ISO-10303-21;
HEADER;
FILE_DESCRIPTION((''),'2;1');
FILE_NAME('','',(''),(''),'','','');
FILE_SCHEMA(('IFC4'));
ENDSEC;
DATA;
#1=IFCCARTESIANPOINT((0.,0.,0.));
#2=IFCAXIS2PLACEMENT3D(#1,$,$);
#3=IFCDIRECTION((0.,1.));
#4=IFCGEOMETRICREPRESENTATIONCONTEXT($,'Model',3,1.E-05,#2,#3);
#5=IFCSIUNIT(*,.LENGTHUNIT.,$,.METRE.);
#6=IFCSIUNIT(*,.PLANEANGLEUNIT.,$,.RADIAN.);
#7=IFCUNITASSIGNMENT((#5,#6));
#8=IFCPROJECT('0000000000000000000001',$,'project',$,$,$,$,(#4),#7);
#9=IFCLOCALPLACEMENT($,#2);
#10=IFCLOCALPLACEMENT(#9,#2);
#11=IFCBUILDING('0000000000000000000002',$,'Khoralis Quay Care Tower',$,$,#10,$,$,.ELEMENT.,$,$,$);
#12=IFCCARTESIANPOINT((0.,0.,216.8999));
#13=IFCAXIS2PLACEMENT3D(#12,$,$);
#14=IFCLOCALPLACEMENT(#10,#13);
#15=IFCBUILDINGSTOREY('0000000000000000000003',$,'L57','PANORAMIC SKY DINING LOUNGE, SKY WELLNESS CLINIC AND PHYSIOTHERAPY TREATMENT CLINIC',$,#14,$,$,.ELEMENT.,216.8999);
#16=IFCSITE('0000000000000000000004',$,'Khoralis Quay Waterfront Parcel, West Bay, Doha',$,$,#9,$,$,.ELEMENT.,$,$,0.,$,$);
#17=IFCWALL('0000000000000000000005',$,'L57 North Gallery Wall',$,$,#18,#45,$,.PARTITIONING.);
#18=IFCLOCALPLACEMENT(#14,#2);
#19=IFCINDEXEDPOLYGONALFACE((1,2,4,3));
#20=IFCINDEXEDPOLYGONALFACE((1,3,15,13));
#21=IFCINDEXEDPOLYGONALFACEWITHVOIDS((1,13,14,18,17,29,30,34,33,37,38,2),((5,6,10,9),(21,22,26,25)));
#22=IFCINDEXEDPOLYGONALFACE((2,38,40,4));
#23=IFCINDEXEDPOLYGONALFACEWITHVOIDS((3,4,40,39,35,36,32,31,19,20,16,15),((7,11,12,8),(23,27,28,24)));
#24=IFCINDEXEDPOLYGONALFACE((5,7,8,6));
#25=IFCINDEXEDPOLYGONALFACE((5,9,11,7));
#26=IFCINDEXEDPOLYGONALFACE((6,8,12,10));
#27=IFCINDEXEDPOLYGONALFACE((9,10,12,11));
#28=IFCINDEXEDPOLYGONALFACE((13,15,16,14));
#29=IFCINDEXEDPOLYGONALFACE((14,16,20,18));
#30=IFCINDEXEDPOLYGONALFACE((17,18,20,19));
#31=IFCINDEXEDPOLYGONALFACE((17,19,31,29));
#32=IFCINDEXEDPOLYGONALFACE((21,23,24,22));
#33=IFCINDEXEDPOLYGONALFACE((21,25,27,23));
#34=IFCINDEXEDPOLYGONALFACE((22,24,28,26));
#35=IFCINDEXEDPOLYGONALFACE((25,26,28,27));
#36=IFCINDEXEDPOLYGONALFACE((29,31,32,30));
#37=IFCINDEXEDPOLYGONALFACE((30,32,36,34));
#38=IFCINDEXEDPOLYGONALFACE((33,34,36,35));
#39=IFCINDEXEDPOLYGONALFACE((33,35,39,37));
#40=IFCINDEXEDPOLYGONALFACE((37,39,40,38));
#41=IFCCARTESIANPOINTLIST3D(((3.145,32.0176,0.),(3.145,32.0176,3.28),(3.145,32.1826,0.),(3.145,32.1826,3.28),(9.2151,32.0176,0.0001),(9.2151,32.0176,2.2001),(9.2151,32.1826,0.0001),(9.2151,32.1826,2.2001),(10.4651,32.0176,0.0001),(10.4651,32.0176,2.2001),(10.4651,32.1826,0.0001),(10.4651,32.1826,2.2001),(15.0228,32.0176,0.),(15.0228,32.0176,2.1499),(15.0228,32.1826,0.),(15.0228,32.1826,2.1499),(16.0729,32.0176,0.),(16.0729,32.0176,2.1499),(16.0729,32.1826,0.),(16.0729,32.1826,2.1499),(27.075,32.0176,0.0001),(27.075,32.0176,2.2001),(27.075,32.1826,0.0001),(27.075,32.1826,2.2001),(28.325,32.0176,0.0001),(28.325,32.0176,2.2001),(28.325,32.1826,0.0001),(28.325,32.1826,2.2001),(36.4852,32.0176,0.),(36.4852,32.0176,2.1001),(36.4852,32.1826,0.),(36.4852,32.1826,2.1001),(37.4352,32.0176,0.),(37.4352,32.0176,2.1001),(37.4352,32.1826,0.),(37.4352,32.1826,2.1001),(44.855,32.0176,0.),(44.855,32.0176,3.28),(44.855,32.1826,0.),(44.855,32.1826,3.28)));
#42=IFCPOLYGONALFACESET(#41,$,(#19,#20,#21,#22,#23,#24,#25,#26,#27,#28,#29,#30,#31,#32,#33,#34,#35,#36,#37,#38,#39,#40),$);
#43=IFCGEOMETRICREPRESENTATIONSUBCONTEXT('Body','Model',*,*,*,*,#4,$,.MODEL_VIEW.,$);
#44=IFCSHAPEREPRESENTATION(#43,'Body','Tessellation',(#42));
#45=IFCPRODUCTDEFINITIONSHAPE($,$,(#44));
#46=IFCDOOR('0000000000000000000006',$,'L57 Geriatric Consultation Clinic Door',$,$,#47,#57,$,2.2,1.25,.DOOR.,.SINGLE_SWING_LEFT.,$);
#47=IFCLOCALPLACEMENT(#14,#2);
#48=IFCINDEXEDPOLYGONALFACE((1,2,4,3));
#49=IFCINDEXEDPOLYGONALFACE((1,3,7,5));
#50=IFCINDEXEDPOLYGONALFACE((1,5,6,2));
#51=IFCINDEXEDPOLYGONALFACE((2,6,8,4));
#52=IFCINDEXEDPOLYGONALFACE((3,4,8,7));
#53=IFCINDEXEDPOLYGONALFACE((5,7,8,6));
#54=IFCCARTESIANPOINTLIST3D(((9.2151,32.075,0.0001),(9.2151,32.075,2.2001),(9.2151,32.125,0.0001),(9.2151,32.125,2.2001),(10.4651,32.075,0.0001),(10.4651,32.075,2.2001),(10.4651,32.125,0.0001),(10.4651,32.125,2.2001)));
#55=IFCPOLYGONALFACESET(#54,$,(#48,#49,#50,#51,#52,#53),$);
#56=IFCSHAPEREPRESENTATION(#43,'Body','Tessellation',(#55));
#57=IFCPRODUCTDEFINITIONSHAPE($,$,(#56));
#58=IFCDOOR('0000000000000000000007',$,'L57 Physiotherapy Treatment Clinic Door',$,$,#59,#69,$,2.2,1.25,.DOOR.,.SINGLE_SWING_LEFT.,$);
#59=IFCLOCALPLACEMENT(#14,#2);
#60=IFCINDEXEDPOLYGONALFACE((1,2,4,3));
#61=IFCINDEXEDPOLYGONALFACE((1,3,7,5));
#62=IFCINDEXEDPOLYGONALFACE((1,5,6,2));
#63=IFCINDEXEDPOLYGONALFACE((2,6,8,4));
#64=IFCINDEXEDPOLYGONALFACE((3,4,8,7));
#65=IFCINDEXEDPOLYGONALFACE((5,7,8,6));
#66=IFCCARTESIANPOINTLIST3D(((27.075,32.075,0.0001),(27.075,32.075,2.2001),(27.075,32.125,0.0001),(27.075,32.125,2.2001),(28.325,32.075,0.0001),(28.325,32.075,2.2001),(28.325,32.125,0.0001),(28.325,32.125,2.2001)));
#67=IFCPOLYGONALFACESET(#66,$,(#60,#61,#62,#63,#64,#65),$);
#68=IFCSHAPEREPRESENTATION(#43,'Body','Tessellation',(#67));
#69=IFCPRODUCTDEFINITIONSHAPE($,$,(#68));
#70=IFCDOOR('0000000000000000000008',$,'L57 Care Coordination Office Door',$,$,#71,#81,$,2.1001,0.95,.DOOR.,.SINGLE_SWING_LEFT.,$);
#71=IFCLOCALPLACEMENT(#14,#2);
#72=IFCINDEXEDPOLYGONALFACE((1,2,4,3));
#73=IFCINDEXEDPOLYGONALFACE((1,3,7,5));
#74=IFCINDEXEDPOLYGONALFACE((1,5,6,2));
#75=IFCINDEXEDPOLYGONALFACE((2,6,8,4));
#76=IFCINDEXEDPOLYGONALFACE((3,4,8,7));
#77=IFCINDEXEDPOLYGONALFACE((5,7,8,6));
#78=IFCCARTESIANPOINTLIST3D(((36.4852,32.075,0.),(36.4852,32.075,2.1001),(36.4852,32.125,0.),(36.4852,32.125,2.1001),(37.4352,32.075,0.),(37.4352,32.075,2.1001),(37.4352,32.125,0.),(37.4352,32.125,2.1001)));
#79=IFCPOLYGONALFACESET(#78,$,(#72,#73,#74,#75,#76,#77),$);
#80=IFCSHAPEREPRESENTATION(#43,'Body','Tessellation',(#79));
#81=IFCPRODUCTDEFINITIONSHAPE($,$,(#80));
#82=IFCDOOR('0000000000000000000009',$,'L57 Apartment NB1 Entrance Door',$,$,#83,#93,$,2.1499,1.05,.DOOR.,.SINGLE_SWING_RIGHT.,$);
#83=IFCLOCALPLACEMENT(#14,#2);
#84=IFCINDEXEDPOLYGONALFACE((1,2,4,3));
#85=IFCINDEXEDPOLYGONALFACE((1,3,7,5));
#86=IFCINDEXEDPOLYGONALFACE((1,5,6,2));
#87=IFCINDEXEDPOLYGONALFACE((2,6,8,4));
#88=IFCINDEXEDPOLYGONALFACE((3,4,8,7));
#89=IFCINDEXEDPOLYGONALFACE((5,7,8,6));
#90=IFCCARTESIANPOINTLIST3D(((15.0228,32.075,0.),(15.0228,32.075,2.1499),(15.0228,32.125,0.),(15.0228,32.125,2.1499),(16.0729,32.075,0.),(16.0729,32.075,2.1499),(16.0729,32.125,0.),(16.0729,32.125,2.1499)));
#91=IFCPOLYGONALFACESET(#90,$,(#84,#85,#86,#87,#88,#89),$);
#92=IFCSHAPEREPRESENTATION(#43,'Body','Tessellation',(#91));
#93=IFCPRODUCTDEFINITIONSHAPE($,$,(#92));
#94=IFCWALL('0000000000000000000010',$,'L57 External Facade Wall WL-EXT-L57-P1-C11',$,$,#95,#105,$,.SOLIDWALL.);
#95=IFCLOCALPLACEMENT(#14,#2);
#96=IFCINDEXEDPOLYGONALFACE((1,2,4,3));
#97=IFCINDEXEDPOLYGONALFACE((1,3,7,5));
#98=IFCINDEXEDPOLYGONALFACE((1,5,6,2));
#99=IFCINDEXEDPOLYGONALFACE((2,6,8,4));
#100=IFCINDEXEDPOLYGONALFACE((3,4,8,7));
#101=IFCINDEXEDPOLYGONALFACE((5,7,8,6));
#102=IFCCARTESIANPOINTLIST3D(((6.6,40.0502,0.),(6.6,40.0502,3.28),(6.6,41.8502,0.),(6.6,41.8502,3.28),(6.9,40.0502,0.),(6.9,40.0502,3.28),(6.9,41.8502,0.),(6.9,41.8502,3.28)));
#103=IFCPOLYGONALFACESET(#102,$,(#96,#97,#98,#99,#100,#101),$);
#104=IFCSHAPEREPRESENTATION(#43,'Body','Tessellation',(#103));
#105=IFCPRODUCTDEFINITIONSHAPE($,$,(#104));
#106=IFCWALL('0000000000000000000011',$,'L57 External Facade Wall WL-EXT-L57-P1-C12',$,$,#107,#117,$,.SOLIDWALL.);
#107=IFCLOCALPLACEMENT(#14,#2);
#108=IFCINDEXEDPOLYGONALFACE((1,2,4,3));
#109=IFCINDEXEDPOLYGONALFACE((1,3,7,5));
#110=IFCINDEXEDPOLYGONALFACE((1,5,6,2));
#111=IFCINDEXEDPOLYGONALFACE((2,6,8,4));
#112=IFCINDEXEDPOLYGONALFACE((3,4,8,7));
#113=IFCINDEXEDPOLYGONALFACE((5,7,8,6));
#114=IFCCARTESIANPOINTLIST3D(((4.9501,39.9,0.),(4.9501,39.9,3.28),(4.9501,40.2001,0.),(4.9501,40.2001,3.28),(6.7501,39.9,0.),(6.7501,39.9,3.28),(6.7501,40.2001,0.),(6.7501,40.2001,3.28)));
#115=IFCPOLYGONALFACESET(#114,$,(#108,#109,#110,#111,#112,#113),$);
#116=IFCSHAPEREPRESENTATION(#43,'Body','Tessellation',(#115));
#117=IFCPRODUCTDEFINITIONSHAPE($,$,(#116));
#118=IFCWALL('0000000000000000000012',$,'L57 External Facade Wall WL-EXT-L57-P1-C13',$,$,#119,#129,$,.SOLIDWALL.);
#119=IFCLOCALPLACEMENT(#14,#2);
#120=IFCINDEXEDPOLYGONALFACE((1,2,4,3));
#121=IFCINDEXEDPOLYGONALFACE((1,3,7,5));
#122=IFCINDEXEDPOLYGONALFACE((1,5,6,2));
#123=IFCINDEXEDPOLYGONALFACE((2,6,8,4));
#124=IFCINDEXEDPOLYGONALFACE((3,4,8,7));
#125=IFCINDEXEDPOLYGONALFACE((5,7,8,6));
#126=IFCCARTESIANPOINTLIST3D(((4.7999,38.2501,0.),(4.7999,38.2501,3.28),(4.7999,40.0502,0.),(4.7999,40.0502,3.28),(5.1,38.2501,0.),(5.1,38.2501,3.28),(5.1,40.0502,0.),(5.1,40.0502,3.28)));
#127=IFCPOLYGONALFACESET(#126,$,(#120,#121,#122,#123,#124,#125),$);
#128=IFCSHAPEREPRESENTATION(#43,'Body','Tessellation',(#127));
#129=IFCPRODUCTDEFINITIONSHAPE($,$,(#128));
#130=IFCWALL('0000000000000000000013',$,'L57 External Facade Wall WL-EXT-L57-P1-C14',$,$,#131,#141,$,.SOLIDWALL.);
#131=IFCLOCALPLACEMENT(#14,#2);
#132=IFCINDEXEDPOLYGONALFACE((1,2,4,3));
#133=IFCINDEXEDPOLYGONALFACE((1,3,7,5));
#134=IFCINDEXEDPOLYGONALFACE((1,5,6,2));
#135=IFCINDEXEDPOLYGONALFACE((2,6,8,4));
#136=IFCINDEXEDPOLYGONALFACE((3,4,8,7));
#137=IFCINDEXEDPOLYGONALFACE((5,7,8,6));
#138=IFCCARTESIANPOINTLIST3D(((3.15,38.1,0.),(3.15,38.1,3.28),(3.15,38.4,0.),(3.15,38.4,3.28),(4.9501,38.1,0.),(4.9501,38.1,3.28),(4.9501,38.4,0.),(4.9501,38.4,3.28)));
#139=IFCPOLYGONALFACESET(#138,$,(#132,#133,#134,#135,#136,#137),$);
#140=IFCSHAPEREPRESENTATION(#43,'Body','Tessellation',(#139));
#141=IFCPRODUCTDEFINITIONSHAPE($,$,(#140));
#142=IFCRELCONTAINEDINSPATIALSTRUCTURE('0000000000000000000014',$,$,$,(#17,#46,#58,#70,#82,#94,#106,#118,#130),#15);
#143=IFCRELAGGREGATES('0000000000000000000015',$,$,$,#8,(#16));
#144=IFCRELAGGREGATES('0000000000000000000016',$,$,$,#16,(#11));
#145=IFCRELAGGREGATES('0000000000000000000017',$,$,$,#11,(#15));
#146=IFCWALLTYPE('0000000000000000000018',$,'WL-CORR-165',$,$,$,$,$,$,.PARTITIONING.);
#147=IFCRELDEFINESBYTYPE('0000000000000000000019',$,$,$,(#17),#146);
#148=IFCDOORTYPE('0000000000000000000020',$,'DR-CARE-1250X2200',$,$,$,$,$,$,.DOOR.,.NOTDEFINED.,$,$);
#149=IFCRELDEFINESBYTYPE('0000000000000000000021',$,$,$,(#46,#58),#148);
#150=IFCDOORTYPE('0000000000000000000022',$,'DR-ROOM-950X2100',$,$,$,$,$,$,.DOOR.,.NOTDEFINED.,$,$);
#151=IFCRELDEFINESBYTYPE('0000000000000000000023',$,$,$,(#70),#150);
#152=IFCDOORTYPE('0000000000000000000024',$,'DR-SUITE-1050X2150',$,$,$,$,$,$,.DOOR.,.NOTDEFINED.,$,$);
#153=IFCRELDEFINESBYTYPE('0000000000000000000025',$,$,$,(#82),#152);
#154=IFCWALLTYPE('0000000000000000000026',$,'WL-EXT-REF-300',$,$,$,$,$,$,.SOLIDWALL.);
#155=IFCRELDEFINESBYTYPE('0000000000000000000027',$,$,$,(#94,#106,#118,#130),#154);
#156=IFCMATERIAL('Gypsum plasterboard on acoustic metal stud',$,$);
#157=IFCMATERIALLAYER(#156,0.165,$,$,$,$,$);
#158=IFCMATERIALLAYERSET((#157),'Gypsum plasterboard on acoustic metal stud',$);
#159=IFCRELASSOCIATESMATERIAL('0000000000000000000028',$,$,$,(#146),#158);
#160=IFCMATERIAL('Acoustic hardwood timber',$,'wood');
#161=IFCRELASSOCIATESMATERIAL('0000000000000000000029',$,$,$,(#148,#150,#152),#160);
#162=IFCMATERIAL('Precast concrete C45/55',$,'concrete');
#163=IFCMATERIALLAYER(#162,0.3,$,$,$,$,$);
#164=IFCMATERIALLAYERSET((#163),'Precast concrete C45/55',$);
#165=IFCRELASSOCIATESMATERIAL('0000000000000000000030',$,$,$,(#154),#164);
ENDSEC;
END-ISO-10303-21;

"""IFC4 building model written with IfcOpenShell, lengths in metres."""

from ifc_helpers import new_model, si_unit, direction, frame, frame_2d, origin, place, context, subcontext, project, spatial, rectangle, extrude, source, transform, mapped, material, layer, layer_set, type_object, element, fill, save


model = new_model("IFC4")

# Units and contexts
model_context = context("Model", 3, precision=1e-05, world=origin(), true_north=direction((0.0, 1.0)))
body_context = subcontext(model_context, "Body", "Model", "MODEL_VIEW")
ifc_project = project(units=[si_unit("LENGTHUNIT", "METRE"), si_unit("PLANEANGLEUNIT", "RADIAN")], contexts=[model_context])

# Site, building, storey
site_placement = place(None, origin())
site = spatial("IfcSite", under=ifc_project, at=site_placement, Name="Khoralis Quay Waterfront Parcel, West Bay, Doha", CompositionType="ELEMENT", RefElevation=0.0)
building_placement = place(site_placement, origin())
building = spatial("IfcBuilding", under=site, at=building_placement, Name="Khoralis Quay Care Tower", CompositionType="ELEMENT")
storey_placement = place(building_placement, frame((0.0, 0.0, 216.8999)))
storey = spatial("IfcBuildingStorey", under=building, at=storey_placement, Name="L57", Description="PANORAMIC SKY DINING LOUNGE, SKY WELLNESS CLINIC AND PHYSIOTHERAPY TREATMENT CLINIC", CompositionType="ELEMENT", Elevation=216.8999)

# Shared definitions
ifc_material_1 = material(Name="Gypsum plasterboard on acoustic metal stud")
ifc_layer_1 = layer(ifc_material_1, 0.165)
ifc_layer_set_1 = layer_set([ifc_layer_1], Name="Gypsum plasterboard on acoustic metal stud")
wall_type_1 = type_object("IfcWallType", Name="WL-CORR-165", PredefinedType="PARTITIONING", material=ifc_layer_set_1)

# Wall, openings, doors
wall_1_placement = place(storey_placement, frame((3.145, 32.1001, 0.0), z_axis=(0.0, 0.0, 1.0), x_axis=(1.0, 0.0, 0.0)))
wall_1 = element("IfcWall", 1, at=wall_1_placement, inside=storey, type_object=wall_type_1, Name="L57 North Gallery Wall", PredefinedType="PARTITIONING", context=body_context, shape_type="SweptSolid", body=[
    extrude(rectangle(XDim=41.71, YDim=0.165, at=frame_2d((20.855, 0.0))), origin(), (0.0, 0.0, 1.0), 3.28),
])
opening_1_placement = place(wall_1_placement, frame((6.0701, 0.0, 0.0)))
opening_1 = element("IfcOpeningElement", 2, at=opening_1_placement, cuts=wall_1, PredefinedType="OPENING", context=body_context, shape_type="SweptSolid", body=[
    extrude(rectangle(XDim=1.25, YDim=2.2, at=frame_2d((0.625, 1.1001))), frame((0.0, 0.0925, 0.0), z_axis=(0.0, -1.0, 0.0), x_axis=(1.0, 0.0, 0.0)), (0.0, 0.0, 1.0), 0.1851),
])
opening_2_placement = place(wall_1_placement, frame((11.8779, 0.0, 0.0)))
opening_2 = element("IfcOpeningElement", 3, at=opening_2_placement, cuts=wall_1, PredefinedType="OPENING", context=body_context, shape_type="SweptSolid", body=[
    extrude(rectangle(XDim=1.05, YDim=2.1499, at=frame_2d((0.5249, 1.075))), frame((0.0, 0.0925, 0.0), z_axis=(0.0, -1.0, 0.0), x_axis=(1.0, 0.0, 0.0)), (0.0, 0.0, 1.0), 0.1851),
])
opening_3_placement = place(wall_1_placement, frame((23.9299, 0.0, 0.0)))
opening_3 = element("IfcOpeningElement", 4, at=opening_3_placement, cuts=wall_1, PredefinedType="OPENING", context=body_context, shape_type="SweptSolid", body=[
    extrude(rectangle(XDim=1.25, YDim=2.2, at=frame_2d((0.625, 1.1001))), frame((0.0, 0.0925, 0.0), z_axis=(0.0, -1.0, 0.0), x_axis=(1.0, 0.0, 0.0)), (0.0, 0.0, 1.0), 0.1851),
])
opening_4_placement = place(wall_1_placement, frame((33.3401, 0.0, 0.0)))
opening_4 = element("IfcOpeningElement", 5, at=opening_4_placement, cuts=wall_1, PredefinedType="OPENING", context=body_context, shape_type="SweptSolid", body=[
    extrude(rectangle(XDim=0.95, YDim=2.1001, at=frame_2d((0.4751, 1.05))), frame((0.0, 0.0925, 0.0), z_axis=(0.0, -1.0, 0.0), x_axis=(1.0, 0.0, 0.0)), (0.0, 0.0, 1.0), 0.1851),
])
ifc_material_2 = material(Name="Acoustic hardwood timber", Category="wood")
door_type_1 = type_object("IfcDoorType", Name="DR-CARE-1250X2200", OperationType="NOTDEFINED", PredefinedType="DOOR", material=ifc_material_2)
shared_shape_1 = source(origin(), body_context, "Body", "SweptSolid", [
    extrude(rectangle(XDim=1.25, YDim=2.2, at=frame_2d((0.625, 1.1001))), frame((0.0, 0.0249, 0.0), z_axis=(0.0, -1.0, 0.0), x_axis=(1.0, 0.0, 0.0)), (0.0, 0.0, 1.0), 0.05),
])
door_1_placement = place(opening_1_placement, origin())
door_1 = element("IfcDoor", 6, at=door_1_placement, inside=storey, type_object=door_type_1, Name="L57 Geriatric Consultation Clinic Door", OperationType="SINGLE_SWING_LEFT", OverallHeight=2.2, OverallWidth=1.25, PredefinedType="DOOR", context=body_context, shape_type="MappedRepresentation", body=[
    mapped(shared_shape_1, transform((0.0, 0.0, 0.0), scale=1.0)),
])
fill(opening_1, door_1)
door_2_placement = place(opening_3_placement, origin())
door_2 = element("IfcDoor", 7, at=door_2_placement, inside=storey, type_object=door_type_1, Name="L57 Physiotherapy Treatment Clinic Door", OperationType="SINGLE_SWING_LEFT", OverallHeight=2.2, OverallWidth=1.25, PredefinedType="DOOR", context=body_context, shape_type="MappedRepresentation", body=[
    mapped(shared_shape_1, transform((0.0, 0.0, 0.0), scale=1.0)),
])
fill(opening_3, door_2)
door_type_2 = type_object("IfcDoorType", Name="DR-ROOM-950X2100", OperationType="NOTDEFINED", PredefinedType="DOOR", material=ifc_material_2)
shared_shape_2 = source(origin(), body_context, "Body", "SweptSolid", [
    extrude(rectangle(XDim=0.95, YDim=2.1001, at=frame_2d((0.4751, 1.05))), frame((0.0, 0.0249, 0.0), z_axis=(0.0, -1.0, 0.0), x_axis=(1.0, 0.0, 0.0)), (0.0, 0.0, 1.0), 0.05),
])
door_3_placement = place(opening_4_placement, origin())
door_3 = element("IfcDoor", 8, at=door_3_placement, inside=storey, type_object=door_type_2, Name="L57 Care Coordination Office Door", OperationType="SINGLE_SWING_LEFT", OverallHeight=2.1001, OverallWidth=0.95, PredefinedType="DOOR", context=body_context, shape_type="MappedRepresentation", body=[
    mapped(shared_shape_2, transform((0.0, 0.0, 0.0), scale=1.0)),
])
fill(opening_4, door_3)
door_type_3 = type_object("IfcDoorType", Name="DR-SUITE-1050X2150", OperationType="NOTDEFINED", PredefinedType="DOOR", material=ifc_material_2)
shared_shape_3 = source(origin(), body_context, "Body", "SweptSolid", [
    extrude(rectangle(XDim=1.05, YDim=2.1499, at=frame_2d((0.5249, 1.075))), frame((0.0, 0.0249, 0.0), z_axis=(0.0, -1.0, 0.0), x_axis=(1.0, 0.0, 0.0)), (0.0, 0.0, 1.0), 0.05),
])
door_4_placement = place(opening_2_placement, origin())
door_4 = element("IfcDoor", 9, at=door_4_placement, inside=storey, type_object=door_type_3, Name="L57 Apartment NB1 Entrance Door", OperationType="SINGLE_SWING_RIGHT", OverallHeight=2.1499, OverallWidth=1.05, PredefinedType="DOOR", context=body_context, shape_type="MappedRepresentation", body=[
    mapped(shared_shape_3, transform((0.0, 0.0, 0.0), scale=1.0)),
])
fill(opening_2, door_4)

# Walls
ifc_material_3 = material(Name="Precast concrete C45/55", Category="concrete")
ifc_layer_2 = layer(ifc_material_3, 0.3)
ifc_layer_set_2 = layer_set([ifc_layer_2], Name="Precast concrete C45/55")
wall_type_2 = type_object("IfcWallType", Name="WL-EXT-REF-300", PredefinedType="SOLIDWALL", material=ifc_layer_set_2)
for number, where, z_axis, x_axis, name in (
    (10, (6.75, 41.8501, 0.0), (0.0, 0.0, 1.0), (0.0, -1.0, 0.0), "L57 External Facade Wall WL-EXT-L57-P1-C11"),
    (11, (6.75, 40.05, 0.0), (0.0, 0.0, 1.0), (-1.0, 0.0, 0.0), "L57 External Facade Wall WL-EXT-L57-P1-C12"),
    (12, (4.95, 40.05, 0.0), (0.0, 0.0, 1.0), (0.0, -1.0, 0.0), "L57 External Facade Wall WL-EXT-L57-P1-C13"),
    (13, (4.95, 38.25, 0.0), (0.0, 0.0, 1.0), (-1.0, 0.0, 0.0), "L57 External Facade Wall WL-EXT-L57-P1-C14"),
):
    element("IfcWall", number, at=place(storey_placement, frame(where, z_axis=z_axis, x_axis=x_axis)), inside=storey, type_object=wall_type_2, Name=name, PredefinedType="SOLIDWALL", context=body_context, shape_type="SweptSolid", body=[
        extrude(rectangle(XDim=1.8, YDim=0.3, at=frame_2d((0.8999, 0.0))), origin(), (0.0, 0.0, 1.0), 3.28),
    ])

save(model, "model.ifc")
